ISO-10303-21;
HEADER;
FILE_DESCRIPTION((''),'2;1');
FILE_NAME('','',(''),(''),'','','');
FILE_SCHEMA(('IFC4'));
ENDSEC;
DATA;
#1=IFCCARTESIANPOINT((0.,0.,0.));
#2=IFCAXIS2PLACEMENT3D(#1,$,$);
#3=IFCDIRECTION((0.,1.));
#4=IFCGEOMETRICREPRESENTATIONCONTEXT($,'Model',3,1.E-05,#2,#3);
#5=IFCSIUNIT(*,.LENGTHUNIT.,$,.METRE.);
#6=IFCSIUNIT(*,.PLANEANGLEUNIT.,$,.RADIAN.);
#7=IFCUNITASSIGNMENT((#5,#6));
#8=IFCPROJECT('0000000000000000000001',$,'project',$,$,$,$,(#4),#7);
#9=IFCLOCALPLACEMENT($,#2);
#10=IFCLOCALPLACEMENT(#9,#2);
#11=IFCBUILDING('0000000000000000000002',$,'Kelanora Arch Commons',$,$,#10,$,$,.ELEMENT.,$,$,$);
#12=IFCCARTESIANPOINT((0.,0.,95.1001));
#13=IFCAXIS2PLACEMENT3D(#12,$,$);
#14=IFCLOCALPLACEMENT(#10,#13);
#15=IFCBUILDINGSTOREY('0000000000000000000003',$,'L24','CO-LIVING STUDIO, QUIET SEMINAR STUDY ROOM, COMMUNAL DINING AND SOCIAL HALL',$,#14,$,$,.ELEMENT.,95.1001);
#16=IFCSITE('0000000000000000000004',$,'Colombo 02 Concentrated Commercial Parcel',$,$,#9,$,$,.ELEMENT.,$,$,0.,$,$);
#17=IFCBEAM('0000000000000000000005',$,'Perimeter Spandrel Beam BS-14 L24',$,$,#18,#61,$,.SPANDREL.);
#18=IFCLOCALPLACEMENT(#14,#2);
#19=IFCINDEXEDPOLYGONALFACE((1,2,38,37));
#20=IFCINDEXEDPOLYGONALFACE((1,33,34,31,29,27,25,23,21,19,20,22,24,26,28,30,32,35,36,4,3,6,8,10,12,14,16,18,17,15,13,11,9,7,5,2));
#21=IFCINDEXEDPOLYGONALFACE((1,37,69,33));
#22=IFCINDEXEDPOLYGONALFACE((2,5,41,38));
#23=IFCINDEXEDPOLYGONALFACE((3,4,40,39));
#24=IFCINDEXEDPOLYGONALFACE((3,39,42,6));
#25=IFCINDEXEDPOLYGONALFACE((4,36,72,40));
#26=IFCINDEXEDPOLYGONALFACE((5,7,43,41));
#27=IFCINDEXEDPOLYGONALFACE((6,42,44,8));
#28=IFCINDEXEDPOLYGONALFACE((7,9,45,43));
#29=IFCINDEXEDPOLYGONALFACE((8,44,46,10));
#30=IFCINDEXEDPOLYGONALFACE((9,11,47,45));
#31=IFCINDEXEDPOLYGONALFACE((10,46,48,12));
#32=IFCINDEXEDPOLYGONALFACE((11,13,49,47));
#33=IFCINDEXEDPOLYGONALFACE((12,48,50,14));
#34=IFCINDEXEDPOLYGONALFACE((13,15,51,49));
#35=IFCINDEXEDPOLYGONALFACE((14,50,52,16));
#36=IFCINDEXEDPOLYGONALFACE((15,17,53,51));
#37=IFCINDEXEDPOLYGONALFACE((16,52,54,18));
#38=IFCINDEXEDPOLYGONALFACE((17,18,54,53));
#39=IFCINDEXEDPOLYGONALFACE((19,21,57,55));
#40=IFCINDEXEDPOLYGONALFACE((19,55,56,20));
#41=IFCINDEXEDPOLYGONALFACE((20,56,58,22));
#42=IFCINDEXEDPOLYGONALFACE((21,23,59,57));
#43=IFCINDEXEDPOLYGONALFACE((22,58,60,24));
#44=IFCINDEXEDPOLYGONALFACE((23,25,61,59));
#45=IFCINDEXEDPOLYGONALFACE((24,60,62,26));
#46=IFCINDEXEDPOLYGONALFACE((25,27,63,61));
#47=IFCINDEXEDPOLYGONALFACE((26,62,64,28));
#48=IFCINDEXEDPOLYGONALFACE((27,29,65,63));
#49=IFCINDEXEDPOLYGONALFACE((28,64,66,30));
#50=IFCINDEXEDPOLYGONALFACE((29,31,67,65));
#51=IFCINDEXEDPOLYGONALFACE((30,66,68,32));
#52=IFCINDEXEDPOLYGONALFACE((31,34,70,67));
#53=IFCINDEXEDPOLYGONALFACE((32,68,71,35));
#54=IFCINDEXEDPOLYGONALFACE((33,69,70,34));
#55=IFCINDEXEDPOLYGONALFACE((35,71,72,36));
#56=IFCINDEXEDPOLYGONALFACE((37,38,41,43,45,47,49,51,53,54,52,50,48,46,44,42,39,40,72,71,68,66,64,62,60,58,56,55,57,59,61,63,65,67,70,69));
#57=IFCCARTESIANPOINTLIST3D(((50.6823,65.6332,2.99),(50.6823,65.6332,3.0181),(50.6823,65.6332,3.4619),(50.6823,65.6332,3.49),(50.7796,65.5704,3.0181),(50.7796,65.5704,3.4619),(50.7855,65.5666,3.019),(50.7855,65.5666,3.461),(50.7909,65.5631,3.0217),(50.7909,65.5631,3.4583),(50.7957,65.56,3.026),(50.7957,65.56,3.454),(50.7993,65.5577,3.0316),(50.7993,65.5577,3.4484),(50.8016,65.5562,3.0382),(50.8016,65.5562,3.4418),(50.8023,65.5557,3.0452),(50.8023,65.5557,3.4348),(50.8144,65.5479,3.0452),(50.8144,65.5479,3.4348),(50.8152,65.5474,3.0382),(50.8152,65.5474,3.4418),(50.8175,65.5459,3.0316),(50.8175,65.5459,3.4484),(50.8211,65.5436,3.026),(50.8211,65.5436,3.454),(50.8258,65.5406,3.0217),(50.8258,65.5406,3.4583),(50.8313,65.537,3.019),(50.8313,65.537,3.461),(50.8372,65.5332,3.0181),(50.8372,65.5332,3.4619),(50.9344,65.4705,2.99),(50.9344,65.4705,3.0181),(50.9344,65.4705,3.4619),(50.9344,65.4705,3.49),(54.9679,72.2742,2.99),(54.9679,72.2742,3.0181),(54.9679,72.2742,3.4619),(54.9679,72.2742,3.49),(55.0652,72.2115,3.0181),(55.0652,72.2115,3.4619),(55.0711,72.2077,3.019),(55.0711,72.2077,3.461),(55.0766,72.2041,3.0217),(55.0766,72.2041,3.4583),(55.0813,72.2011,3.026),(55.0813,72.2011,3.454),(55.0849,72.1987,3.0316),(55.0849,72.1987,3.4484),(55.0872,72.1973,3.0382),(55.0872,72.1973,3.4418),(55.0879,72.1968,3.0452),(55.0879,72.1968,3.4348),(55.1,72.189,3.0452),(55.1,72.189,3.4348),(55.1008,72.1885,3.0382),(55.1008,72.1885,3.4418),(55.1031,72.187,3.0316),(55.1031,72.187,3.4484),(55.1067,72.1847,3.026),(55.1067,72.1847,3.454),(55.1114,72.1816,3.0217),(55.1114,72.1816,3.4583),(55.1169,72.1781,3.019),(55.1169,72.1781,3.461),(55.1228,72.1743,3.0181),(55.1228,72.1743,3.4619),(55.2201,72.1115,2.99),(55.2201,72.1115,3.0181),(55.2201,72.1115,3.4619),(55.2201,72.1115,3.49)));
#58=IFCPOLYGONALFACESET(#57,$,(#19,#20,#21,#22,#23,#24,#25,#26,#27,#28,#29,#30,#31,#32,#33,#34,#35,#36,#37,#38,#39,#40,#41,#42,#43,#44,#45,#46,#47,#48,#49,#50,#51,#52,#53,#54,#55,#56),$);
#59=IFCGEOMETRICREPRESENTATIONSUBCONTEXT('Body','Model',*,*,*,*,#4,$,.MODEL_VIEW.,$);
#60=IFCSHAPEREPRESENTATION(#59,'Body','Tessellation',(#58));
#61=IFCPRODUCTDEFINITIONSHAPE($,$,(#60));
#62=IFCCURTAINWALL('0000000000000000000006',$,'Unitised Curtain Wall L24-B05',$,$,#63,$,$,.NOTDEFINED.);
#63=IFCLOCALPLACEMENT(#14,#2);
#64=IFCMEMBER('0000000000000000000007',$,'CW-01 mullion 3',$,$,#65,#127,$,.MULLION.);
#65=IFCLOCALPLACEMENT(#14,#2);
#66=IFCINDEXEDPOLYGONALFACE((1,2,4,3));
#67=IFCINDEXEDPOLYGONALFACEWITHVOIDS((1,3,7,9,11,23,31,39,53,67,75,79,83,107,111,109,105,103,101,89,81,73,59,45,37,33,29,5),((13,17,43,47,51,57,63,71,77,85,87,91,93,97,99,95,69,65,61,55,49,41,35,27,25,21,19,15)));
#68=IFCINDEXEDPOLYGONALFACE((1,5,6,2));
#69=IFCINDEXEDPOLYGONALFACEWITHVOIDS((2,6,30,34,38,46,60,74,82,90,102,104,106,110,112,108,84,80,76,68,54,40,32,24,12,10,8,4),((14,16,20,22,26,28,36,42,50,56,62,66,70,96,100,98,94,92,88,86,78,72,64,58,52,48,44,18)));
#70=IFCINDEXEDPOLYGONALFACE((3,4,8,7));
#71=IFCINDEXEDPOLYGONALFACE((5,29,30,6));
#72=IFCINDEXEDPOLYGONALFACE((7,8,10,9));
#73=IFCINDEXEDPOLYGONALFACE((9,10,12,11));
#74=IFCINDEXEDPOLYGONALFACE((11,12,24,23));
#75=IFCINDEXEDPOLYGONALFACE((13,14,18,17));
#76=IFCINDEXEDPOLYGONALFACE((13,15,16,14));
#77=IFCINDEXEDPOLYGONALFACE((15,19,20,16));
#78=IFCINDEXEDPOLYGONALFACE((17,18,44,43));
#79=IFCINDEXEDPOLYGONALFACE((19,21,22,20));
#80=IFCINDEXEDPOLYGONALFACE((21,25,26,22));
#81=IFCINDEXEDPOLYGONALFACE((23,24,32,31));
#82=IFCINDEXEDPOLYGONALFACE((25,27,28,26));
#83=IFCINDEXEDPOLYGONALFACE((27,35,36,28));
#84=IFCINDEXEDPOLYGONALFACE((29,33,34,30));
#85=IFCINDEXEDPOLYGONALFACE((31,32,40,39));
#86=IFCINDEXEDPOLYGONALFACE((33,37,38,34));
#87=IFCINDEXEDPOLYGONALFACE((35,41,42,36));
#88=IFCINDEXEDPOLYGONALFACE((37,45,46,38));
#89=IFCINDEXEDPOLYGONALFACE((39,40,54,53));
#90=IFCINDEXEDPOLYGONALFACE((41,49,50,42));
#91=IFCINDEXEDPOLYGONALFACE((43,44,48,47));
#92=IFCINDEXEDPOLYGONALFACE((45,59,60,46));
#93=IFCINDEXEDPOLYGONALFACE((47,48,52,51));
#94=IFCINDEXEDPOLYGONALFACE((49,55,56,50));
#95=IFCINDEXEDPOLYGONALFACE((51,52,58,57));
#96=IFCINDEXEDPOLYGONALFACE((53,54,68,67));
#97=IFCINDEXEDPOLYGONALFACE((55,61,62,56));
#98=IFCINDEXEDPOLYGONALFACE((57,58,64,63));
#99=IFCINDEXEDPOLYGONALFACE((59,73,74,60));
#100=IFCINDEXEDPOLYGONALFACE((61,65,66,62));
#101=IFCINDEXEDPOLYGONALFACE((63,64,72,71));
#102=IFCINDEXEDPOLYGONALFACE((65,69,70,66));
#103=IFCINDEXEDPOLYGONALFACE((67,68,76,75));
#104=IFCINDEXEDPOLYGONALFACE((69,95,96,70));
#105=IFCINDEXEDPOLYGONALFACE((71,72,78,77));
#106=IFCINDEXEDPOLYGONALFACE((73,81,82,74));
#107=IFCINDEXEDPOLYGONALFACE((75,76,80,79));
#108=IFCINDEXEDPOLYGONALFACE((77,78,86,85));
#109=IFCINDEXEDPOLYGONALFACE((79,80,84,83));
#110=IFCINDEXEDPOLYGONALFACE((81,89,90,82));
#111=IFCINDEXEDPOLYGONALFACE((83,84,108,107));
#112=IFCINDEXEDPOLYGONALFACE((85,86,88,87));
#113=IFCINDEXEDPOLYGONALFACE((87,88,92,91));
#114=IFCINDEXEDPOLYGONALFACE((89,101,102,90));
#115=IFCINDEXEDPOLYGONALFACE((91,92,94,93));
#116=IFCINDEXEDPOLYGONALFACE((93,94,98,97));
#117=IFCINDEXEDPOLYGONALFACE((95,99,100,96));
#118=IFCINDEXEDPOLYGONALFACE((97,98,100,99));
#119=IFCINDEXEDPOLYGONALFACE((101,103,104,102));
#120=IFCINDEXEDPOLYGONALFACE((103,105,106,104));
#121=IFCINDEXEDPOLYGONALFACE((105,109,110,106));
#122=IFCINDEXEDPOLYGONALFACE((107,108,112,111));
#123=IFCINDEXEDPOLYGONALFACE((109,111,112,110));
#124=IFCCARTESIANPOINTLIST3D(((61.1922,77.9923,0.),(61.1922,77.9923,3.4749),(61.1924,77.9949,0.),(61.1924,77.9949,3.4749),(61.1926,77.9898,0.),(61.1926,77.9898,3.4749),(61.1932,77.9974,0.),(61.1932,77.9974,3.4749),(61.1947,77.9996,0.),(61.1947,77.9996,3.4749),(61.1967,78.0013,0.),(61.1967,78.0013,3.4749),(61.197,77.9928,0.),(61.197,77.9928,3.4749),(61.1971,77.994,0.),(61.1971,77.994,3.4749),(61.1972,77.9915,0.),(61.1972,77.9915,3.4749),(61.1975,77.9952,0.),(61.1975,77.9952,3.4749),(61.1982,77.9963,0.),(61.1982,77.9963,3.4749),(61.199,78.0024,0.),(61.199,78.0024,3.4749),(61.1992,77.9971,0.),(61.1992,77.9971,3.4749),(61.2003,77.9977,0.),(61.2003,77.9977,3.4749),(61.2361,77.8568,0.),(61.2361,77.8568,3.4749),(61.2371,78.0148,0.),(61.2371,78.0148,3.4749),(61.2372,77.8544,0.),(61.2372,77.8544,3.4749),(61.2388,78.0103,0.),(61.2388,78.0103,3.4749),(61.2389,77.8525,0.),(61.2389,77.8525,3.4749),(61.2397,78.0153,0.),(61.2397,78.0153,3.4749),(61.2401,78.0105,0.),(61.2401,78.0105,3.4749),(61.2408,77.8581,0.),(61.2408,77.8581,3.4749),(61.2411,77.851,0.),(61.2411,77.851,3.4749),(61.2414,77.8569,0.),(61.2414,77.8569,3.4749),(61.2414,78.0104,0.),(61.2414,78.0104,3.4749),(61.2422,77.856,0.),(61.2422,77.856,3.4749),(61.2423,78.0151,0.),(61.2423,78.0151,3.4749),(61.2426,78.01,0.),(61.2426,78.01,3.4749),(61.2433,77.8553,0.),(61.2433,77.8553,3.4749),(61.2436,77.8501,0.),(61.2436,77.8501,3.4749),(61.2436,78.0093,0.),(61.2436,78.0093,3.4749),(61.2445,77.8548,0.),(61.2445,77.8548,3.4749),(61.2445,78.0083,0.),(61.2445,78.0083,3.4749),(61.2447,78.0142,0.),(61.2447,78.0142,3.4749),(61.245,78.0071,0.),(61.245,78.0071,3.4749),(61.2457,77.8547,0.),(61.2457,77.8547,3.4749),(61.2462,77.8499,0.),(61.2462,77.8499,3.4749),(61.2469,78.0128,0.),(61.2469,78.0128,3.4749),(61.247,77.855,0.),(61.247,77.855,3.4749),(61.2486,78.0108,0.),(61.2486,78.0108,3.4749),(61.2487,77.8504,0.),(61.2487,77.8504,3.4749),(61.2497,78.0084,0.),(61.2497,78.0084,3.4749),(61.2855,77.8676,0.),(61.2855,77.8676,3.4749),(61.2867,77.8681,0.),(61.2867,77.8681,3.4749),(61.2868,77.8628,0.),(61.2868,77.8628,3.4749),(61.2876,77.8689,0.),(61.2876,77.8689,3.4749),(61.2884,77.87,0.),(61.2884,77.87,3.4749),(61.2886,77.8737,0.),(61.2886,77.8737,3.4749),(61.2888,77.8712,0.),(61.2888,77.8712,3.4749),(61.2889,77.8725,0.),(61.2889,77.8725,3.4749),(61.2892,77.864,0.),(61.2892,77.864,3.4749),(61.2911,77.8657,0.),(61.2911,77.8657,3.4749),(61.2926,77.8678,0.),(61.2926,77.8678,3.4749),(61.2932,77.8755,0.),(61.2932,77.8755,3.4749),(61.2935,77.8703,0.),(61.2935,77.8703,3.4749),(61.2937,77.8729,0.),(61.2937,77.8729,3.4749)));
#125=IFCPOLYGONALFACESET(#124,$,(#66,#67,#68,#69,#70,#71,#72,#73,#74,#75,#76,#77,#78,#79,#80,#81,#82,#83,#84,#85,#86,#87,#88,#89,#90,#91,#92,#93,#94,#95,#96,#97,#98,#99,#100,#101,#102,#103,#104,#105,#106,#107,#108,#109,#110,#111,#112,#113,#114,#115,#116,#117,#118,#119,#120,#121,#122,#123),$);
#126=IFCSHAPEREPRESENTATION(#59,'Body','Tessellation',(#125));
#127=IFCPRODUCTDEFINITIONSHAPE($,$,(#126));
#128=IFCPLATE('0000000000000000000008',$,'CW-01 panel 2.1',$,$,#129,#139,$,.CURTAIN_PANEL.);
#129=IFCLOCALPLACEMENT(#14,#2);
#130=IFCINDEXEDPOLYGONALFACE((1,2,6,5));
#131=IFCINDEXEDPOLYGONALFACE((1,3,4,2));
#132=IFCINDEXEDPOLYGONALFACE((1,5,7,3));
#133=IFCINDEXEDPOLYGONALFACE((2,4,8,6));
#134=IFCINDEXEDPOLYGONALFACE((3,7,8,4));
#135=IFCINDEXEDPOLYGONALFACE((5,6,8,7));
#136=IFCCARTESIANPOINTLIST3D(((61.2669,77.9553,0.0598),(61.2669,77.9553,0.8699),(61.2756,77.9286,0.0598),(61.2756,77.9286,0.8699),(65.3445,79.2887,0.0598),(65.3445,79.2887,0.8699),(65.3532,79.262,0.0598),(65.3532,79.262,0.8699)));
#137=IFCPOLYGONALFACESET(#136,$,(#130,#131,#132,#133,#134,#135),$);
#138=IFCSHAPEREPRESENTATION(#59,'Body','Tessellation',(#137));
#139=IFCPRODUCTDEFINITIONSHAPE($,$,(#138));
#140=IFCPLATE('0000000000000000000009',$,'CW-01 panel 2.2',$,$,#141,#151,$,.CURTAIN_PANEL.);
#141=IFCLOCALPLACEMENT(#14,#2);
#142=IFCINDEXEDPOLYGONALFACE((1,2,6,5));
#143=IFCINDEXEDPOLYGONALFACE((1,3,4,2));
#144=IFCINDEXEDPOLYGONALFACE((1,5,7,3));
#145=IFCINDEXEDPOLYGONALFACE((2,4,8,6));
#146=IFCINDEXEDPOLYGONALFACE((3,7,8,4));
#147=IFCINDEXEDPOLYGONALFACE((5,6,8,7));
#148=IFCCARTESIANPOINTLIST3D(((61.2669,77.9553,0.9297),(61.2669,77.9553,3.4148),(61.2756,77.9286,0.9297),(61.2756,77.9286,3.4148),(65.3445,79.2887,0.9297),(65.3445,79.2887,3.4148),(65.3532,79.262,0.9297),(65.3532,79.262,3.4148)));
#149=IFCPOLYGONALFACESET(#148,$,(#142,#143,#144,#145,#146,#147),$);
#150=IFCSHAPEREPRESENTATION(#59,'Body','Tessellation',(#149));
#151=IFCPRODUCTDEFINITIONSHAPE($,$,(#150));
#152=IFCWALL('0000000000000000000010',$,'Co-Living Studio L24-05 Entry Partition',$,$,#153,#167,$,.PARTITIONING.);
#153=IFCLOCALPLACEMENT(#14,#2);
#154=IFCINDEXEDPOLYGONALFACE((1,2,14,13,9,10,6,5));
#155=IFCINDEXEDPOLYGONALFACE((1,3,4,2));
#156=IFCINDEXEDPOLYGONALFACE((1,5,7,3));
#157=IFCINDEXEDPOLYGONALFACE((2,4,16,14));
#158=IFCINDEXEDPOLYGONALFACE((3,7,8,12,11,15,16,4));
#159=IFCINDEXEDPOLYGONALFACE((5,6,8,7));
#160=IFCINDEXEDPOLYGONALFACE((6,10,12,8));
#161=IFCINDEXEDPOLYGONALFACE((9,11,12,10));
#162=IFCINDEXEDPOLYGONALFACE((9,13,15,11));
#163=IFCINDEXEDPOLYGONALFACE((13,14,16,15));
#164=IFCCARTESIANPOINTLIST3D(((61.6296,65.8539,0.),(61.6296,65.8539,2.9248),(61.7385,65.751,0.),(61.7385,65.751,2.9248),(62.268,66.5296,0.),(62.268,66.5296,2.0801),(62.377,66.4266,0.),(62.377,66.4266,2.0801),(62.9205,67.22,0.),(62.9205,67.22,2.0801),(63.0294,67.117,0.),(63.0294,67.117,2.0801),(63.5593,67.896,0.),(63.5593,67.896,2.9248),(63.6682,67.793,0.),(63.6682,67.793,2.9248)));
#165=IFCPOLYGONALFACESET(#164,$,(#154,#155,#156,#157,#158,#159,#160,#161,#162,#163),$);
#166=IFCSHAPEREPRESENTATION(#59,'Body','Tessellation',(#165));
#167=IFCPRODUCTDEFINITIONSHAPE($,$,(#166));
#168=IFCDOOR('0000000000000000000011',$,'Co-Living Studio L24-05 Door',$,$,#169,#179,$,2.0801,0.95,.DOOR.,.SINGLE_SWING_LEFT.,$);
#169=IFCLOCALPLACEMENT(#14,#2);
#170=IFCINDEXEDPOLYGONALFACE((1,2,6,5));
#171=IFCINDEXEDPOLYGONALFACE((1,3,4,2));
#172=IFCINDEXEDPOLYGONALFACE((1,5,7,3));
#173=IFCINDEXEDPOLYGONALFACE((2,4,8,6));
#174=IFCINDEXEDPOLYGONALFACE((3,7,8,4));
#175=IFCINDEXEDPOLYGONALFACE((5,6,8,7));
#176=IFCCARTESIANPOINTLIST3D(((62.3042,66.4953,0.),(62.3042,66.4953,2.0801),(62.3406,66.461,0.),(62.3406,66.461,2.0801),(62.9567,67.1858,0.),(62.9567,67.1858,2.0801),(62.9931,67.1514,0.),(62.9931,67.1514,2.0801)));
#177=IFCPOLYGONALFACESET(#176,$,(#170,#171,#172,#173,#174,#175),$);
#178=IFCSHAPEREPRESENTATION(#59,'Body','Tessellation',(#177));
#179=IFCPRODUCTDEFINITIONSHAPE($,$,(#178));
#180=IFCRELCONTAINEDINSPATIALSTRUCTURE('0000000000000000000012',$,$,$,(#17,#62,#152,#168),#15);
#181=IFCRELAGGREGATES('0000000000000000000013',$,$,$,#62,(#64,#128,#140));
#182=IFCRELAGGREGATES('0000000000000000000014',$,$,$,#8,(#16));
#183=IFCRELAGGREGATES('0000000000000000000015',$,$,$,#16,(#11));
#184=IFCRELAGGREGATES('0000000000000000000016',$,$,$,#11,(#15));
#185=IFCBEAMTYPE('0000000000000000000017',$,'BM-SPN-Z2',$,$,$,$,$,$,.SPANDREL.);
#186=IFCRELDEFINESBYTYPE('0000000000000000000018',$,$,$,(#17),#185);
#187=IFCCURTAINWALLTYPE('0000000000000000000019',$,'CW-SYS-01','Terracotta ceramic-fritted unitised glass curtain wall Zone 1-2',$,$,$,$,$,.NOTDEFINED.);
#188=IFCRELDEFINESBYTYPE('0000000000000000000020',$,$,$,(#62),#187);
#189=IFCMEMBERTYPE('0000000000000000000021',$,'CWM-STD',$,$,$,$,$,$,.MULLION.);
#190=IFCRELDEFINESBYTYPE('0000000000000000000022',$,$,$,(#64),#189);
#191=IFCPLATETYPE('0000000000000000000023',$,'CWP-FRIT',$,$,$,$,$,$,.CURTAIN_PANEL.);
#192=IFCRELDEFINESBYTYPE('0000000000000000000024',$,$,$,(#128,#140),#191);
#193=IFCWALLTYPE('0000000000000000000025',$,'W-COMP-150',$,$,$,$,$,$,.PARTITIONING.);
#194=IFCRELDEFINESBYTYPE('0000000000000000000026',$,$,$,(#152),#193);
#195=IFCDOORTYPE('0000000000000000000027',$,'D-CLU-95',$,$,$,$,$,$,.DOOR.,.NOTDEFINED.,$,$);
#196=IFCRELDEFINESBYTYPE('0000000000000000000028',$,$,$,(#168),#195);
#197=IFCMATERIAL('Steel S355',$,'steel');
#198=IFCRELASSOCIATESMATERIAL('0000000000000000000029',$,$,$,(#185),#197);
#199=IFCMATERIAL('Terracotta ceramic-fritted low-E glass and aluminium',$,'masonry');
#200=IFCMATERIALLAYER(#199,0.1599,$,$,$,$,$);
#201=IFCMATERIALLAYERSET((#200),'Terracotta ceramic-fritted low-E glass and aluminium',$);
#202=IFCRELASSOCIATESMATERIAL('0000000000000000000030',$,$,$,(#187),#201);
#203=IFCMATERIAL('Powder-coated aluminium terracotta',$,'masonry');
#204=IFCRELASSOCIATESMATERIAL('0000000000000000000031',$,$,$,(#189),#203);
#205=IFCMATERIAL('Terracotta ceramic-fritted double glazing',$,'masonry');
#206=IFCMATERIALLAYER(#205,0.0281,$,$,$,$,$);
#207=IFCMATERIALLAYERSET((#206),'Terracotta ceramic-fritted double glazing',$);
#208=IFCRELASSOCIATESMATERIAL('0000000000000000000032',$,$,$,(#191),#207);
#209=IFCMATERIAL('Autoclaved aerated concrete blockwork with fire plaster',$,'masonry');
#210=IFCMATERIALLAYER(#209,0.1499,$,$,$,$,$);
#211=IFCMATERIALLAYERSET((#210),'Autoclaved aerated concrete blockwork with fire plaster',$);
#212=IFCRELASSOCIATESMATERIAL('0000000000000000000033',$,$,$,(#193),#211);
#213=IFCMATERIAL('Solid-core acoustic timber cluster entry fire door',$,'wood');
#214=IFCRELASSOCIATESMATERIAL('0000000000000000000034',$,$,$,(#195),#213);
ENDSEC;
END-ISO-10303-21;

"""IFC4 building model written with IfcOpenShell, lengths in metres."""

from ifc_helpers import new_model, si_unit, direction, frame, frame_2d, origin, origin_2d, place, context, subcontext, project, spatial, rectangle, hollow_rectangle, i_section, extrude, source, transform, mapped, material, layer, layer_set, material_profile, profile_set, type_object, element, fill, aggregate, save


model = new_model("IFC4")

# Units and contexts
model_context = context("Model", 3, precision=1e-05, world=origin(), true_north=direction((0.0, 1.0)))
body_context = subcontext(model_context, "Body", "Model", "MODEL_VIEW")
ifc_project = project(units=[si_unit("LENGTHUNIT", "METRE"), si_unit("PLANEANGLEUNIT", "RADIAN")], contexts=[model_context])

# Site, building, storey
site_placement = place(None, origin())
site = spatial("IfcSite", under=ifc_project, at=site_placement, Name="Colombo 02 Concentrated Commercial Parcel", CompositionType="ELEMENT", RefElevation=0.0)
building_placement = place(site_placement, origin())
building = spatial("IfcBuilding", under=site, at=building_placement, Name="Kelanora Arch Commons", CompositionType="ELEMENT")
storey_placement = place(building_placement, frame((0.0, 0.0, 95.1001)))
storey = spatial("IfcBuildingStorey", under=building, at=storey_placement, Name="L24", Description="CO-LIVING STUDIO, QUIET SEMINAR STUDY ROOM, COMMUNAL DINING AND SOCIAL HALL", CompositionType="ELEMENT", Elevation=95.1001)

# Beam
ifc_material_1 = material(Name="Steel S355", Category="steel")
ifc_material_profile_1 = material_profile(ifc_material_1, i_section(OverallWidth=0.3, OverallDepth=0.5, WebThickness=0.0144, FlangeThickness=0.0281, FilletRadius=0.0271, at=origin_2d()), Name="HEB500")
ifc_profile_set_1 = profile_set([ifc_material_profile_1], Name="Steel S355")
beam_type_1 = type_object("IfcBeamType", Name="BM-SPN-Z2", PredefinedType="SPANDREL", material=ifc_profile_set_1)
beam_1_placement = place(storey_placement, frame((55.094, 72.1929, 3.24), z_axis=(-0.542221, -0.840236, 0.0), x_axis=(0.840236, -0.542221, 0.0)))
element("IfcBeam", 1, at=beam_1_placement, inside=storey, type_object=beam_type_1, Name="Perimeter Spandrel Beam BS-14 L24", PredefinedType="SPANDREL", context=body_context, shape_type="SweptSolid", body=[
    extrude(i_section(OverallWidth=0.3, OverallDepth=0.5, WebThickness=0.0144, FlangeThickness=0.0281, FilletRadius=0.0271, at=origin_2d()), origin(), (0.0, 0.0, 1.0), 7.9038),
])

# Curtain wall, member, plates
ifc_material_2 = material(Name="Terracotta ceramic-fritted low-E glass and aluminium", Category="masonry")
ifc_layer_1 = layer(ifc_material_2, 0.1599)
ifc_layer_set_1 = layer_set([ifc_layer_1], Name="Terracotta ceramic-fritted low-E glass and aluminium")
curtain_wall_type = type_object("IfcCurtainWallType", Name="CW-SYS-01", Description="Terracotta ceramic-fritted unitised glass curtain wall Zone 1-2", PredefinedType="NOTDEFINED", material=ifc_layer_set_1)
curtain_wall_placement = place(storey_placement, origin())
curtain_wall = element("IfcCurtainWall", 2, at=curtain_wall_placement, inside=storey, type_object=curtain_wall_type, Name="Unitised Curtain Wall L24-B05", PredefinedType="NOTDEFINED")
ifc_material_3 = material(Name="Powder-coated aluminium terracotta", Category="masonry")
ifc_material_profile_2 = material_profile(ifc_material_3, hollow_rectangle(XDim=0.1599, YDim=0.0601, WallThickness=0.0049, InnerFilletRadius=0.0049, OuterFilletRadius=0.01, at=origin_2d()), Name="CWM160x60")
ifc_profile_set_2 = profile_set([ifc_material_profile_2], Name="Powder-coated aluminium terracotta")
member_type = type_object("IfcMemberType", Name="CWM-STD", PredefinedType="MULLION", material=ifc_profile_set_2)
member_placement = place(storey_placement, frame((61.2429, 77.9326, 0.0), z_axis=(0.0, 0.0, 1.0), x_axis=(0.310805, -0.950474, 0.0)))
member = element("IfcMember", 3, at=member_placement, type_object=member_type, Name="CW-01 mullion 3", PredefinedType="MULLION", context=body_context, shape_type="SweptSolid", body=[
    extrude(hollow_rectangle(XDim=0.1599, YDim=0.0601, WallThickness=0.0049, InnerFilletRadius=0.0049, OuterFilletRadius=0.01, at=origin_2d()), origin(), (0.0, 0.0, 1.0), 3.4749),
])
ifc_material_4 = material(Name="Terracotta ceramic-fritted double glazing", Category="masonry")
ifc_layer_2 = layer(ifc_material_4, 0.0281)
ifc_layer_set_2 = layer_set([ifc_layer_2], Name="Terracotta ceramic-fritted double glazing")
plate_type = type_object("IfcPlateType", Name="CWP-FRIT", PredefinedType="CURTAIN_PANEL", material=ifc_layer_set_2)
shared_shape_1 = source(origin(), body_context, "Body", "SweptSolid", [
    extrude(rectangle(XDim=4.29, YDim=0.0281, at=origin_2d()), origin(), (0.0, 0.0, 1.0), 0.8101),
])
plate_1_placement = place(storey_placement, frame((63.3101, 78.6086, 0.0598), z_axis=(0.0, 0.0, 1.0), x_axis=(-0.950474, -0.310805, 0.0)))
plate_1 = element("IfcPlate", 4, at=plate_1_placement, type_object=plate_type, Name="CW-01 panel 2.1", PredefinedType="CURTAIN_PANEL", context=body_context, shape_type="MappedRepresentation", body=[
    mapped(shared_shape_1, transform((0.0, 0.0, 0.0), scale=1.0)),
])
shared_shape_2 = source(origin(), body_context, "Body", "SweptSolid", [
    extrude(rectangle(XDim=4.29, YDim=0.0281, at=origin_2d()), origin(), (0.0, 0.0, 1.0), 2.4851),
])
plate_2_placement = place(storey_placement, frame((63.3101, 78.6086, 0.9297), z_axis=(0.0, 0.0, 1.0), x_axis=(-0.950474, -0.310805, 0.0)))
plate_2 = element("IfcPlate", 5, at=plate_2_placement, type_object=plate_type, Name="CW-01 panel 2.2", PredefinedType="CURTAIN_PANEL", context=body_context, shape_type="MappedRepresentation", body=[
    mapped(shared_shape_2, transform((0.0, 0.0, 0.0), scale=1.0)),
])
aggregate(curtain_wall, [member, plate_1, plate_2])

# Wall, opening, door
ifc_material_5 = material(Name="Autoclaved aerated concrete blockwork with fire plaster", Category="masonry")
ifc_layer_3 = layer(ifc_material_5, 0.1499)
ifc_layer_set_3 = layer_set([ifc_layer_3], Name="Autoclaved aerated concrete blockwork with fire plaster")
wall_type_1 = type_object("IfcWallType", Name="W-COMP-150", PredefinedType="PARTITIONING", material=ifc_layer_set_3)
wall_1_placement = place(storey_placement, frame((63.6138, 67.8445, 0.0), z_axis=(0.0, 0.0, 1.0), x_axis=(-0.686838, -0.726811, 0.0)))
wall_1 = element("IfcWall", 6, at=wall_1_placement, inside=storey, type_object=wall_type_1, Name="Co-Living Studio L24-05 Entry Partition", PredefinedType="PARTITIONING", context=body_context, shape_type="SweptSolid", body=[
    extrude(rectangle(XDim=2.8096, YDim=0.1499, at=frame_2d((1.4048, 0.0))), origin(), (0.0, 0.0, 1.0), 2.9248),
])
opening_1_placement = place(wall_1_placement, frame((0.9299, 0.0, 0.0)))
opening_1 = element("IfcOpeningElement", 7, at=opening_1_placement, cuts=wall_1, PredefinedType="OPENING", context=body_context, shape_type="SweptSolid", body=[
    extrude(rectangle(XDim=0.95, YDim=2.0801, at=frame_2d((0.4751, 1.04))), frame((0.0, 0.085, 0.0), z_axis=(0.0, -1.0, 0.0), x_axis=(1.0, 0.0, 0.0)), (0.0, 0.0, 1.0), 0.1699),
])
ifc_material_6 = material(Name="Solid-core acoustic timber cluster entry fire door", Category="wood")
door_type_1 = type_object("IfcDoorType", Name="D-CLU-95", OperationType="NOTDEFINED", PredefinedType="DOOR", material=ifc_material_6)
door_1_placement = place(opening_1_placement, origin())
door_1 = element("IfcDoor", 8, at=door_1_placement, inside=storey, type_object=door_type_1, Name="Co-Living Studio L24-05 Door", OperationType="SINGLE_SWING_LEFT", OverallHeight=2.0801, OverallWidth=0.95, PredefinedType="DOOR", context=body_context, shape_type="SweptSolid", body=[
    extrude(rectangle(XDim=0.95, YDim=2.0801, at=frame_2d((0.4751, 1.04))), frame((0.0, 0.0249, 0.0), z_axis=(0.0, -1.0, 0.0), x_axis=(1.0, 0.0, 0.0)), (0.0, 0.0, 1.0), 0.05),
])
fill(opening_1, door_1)

save(model, "model.ifc")
